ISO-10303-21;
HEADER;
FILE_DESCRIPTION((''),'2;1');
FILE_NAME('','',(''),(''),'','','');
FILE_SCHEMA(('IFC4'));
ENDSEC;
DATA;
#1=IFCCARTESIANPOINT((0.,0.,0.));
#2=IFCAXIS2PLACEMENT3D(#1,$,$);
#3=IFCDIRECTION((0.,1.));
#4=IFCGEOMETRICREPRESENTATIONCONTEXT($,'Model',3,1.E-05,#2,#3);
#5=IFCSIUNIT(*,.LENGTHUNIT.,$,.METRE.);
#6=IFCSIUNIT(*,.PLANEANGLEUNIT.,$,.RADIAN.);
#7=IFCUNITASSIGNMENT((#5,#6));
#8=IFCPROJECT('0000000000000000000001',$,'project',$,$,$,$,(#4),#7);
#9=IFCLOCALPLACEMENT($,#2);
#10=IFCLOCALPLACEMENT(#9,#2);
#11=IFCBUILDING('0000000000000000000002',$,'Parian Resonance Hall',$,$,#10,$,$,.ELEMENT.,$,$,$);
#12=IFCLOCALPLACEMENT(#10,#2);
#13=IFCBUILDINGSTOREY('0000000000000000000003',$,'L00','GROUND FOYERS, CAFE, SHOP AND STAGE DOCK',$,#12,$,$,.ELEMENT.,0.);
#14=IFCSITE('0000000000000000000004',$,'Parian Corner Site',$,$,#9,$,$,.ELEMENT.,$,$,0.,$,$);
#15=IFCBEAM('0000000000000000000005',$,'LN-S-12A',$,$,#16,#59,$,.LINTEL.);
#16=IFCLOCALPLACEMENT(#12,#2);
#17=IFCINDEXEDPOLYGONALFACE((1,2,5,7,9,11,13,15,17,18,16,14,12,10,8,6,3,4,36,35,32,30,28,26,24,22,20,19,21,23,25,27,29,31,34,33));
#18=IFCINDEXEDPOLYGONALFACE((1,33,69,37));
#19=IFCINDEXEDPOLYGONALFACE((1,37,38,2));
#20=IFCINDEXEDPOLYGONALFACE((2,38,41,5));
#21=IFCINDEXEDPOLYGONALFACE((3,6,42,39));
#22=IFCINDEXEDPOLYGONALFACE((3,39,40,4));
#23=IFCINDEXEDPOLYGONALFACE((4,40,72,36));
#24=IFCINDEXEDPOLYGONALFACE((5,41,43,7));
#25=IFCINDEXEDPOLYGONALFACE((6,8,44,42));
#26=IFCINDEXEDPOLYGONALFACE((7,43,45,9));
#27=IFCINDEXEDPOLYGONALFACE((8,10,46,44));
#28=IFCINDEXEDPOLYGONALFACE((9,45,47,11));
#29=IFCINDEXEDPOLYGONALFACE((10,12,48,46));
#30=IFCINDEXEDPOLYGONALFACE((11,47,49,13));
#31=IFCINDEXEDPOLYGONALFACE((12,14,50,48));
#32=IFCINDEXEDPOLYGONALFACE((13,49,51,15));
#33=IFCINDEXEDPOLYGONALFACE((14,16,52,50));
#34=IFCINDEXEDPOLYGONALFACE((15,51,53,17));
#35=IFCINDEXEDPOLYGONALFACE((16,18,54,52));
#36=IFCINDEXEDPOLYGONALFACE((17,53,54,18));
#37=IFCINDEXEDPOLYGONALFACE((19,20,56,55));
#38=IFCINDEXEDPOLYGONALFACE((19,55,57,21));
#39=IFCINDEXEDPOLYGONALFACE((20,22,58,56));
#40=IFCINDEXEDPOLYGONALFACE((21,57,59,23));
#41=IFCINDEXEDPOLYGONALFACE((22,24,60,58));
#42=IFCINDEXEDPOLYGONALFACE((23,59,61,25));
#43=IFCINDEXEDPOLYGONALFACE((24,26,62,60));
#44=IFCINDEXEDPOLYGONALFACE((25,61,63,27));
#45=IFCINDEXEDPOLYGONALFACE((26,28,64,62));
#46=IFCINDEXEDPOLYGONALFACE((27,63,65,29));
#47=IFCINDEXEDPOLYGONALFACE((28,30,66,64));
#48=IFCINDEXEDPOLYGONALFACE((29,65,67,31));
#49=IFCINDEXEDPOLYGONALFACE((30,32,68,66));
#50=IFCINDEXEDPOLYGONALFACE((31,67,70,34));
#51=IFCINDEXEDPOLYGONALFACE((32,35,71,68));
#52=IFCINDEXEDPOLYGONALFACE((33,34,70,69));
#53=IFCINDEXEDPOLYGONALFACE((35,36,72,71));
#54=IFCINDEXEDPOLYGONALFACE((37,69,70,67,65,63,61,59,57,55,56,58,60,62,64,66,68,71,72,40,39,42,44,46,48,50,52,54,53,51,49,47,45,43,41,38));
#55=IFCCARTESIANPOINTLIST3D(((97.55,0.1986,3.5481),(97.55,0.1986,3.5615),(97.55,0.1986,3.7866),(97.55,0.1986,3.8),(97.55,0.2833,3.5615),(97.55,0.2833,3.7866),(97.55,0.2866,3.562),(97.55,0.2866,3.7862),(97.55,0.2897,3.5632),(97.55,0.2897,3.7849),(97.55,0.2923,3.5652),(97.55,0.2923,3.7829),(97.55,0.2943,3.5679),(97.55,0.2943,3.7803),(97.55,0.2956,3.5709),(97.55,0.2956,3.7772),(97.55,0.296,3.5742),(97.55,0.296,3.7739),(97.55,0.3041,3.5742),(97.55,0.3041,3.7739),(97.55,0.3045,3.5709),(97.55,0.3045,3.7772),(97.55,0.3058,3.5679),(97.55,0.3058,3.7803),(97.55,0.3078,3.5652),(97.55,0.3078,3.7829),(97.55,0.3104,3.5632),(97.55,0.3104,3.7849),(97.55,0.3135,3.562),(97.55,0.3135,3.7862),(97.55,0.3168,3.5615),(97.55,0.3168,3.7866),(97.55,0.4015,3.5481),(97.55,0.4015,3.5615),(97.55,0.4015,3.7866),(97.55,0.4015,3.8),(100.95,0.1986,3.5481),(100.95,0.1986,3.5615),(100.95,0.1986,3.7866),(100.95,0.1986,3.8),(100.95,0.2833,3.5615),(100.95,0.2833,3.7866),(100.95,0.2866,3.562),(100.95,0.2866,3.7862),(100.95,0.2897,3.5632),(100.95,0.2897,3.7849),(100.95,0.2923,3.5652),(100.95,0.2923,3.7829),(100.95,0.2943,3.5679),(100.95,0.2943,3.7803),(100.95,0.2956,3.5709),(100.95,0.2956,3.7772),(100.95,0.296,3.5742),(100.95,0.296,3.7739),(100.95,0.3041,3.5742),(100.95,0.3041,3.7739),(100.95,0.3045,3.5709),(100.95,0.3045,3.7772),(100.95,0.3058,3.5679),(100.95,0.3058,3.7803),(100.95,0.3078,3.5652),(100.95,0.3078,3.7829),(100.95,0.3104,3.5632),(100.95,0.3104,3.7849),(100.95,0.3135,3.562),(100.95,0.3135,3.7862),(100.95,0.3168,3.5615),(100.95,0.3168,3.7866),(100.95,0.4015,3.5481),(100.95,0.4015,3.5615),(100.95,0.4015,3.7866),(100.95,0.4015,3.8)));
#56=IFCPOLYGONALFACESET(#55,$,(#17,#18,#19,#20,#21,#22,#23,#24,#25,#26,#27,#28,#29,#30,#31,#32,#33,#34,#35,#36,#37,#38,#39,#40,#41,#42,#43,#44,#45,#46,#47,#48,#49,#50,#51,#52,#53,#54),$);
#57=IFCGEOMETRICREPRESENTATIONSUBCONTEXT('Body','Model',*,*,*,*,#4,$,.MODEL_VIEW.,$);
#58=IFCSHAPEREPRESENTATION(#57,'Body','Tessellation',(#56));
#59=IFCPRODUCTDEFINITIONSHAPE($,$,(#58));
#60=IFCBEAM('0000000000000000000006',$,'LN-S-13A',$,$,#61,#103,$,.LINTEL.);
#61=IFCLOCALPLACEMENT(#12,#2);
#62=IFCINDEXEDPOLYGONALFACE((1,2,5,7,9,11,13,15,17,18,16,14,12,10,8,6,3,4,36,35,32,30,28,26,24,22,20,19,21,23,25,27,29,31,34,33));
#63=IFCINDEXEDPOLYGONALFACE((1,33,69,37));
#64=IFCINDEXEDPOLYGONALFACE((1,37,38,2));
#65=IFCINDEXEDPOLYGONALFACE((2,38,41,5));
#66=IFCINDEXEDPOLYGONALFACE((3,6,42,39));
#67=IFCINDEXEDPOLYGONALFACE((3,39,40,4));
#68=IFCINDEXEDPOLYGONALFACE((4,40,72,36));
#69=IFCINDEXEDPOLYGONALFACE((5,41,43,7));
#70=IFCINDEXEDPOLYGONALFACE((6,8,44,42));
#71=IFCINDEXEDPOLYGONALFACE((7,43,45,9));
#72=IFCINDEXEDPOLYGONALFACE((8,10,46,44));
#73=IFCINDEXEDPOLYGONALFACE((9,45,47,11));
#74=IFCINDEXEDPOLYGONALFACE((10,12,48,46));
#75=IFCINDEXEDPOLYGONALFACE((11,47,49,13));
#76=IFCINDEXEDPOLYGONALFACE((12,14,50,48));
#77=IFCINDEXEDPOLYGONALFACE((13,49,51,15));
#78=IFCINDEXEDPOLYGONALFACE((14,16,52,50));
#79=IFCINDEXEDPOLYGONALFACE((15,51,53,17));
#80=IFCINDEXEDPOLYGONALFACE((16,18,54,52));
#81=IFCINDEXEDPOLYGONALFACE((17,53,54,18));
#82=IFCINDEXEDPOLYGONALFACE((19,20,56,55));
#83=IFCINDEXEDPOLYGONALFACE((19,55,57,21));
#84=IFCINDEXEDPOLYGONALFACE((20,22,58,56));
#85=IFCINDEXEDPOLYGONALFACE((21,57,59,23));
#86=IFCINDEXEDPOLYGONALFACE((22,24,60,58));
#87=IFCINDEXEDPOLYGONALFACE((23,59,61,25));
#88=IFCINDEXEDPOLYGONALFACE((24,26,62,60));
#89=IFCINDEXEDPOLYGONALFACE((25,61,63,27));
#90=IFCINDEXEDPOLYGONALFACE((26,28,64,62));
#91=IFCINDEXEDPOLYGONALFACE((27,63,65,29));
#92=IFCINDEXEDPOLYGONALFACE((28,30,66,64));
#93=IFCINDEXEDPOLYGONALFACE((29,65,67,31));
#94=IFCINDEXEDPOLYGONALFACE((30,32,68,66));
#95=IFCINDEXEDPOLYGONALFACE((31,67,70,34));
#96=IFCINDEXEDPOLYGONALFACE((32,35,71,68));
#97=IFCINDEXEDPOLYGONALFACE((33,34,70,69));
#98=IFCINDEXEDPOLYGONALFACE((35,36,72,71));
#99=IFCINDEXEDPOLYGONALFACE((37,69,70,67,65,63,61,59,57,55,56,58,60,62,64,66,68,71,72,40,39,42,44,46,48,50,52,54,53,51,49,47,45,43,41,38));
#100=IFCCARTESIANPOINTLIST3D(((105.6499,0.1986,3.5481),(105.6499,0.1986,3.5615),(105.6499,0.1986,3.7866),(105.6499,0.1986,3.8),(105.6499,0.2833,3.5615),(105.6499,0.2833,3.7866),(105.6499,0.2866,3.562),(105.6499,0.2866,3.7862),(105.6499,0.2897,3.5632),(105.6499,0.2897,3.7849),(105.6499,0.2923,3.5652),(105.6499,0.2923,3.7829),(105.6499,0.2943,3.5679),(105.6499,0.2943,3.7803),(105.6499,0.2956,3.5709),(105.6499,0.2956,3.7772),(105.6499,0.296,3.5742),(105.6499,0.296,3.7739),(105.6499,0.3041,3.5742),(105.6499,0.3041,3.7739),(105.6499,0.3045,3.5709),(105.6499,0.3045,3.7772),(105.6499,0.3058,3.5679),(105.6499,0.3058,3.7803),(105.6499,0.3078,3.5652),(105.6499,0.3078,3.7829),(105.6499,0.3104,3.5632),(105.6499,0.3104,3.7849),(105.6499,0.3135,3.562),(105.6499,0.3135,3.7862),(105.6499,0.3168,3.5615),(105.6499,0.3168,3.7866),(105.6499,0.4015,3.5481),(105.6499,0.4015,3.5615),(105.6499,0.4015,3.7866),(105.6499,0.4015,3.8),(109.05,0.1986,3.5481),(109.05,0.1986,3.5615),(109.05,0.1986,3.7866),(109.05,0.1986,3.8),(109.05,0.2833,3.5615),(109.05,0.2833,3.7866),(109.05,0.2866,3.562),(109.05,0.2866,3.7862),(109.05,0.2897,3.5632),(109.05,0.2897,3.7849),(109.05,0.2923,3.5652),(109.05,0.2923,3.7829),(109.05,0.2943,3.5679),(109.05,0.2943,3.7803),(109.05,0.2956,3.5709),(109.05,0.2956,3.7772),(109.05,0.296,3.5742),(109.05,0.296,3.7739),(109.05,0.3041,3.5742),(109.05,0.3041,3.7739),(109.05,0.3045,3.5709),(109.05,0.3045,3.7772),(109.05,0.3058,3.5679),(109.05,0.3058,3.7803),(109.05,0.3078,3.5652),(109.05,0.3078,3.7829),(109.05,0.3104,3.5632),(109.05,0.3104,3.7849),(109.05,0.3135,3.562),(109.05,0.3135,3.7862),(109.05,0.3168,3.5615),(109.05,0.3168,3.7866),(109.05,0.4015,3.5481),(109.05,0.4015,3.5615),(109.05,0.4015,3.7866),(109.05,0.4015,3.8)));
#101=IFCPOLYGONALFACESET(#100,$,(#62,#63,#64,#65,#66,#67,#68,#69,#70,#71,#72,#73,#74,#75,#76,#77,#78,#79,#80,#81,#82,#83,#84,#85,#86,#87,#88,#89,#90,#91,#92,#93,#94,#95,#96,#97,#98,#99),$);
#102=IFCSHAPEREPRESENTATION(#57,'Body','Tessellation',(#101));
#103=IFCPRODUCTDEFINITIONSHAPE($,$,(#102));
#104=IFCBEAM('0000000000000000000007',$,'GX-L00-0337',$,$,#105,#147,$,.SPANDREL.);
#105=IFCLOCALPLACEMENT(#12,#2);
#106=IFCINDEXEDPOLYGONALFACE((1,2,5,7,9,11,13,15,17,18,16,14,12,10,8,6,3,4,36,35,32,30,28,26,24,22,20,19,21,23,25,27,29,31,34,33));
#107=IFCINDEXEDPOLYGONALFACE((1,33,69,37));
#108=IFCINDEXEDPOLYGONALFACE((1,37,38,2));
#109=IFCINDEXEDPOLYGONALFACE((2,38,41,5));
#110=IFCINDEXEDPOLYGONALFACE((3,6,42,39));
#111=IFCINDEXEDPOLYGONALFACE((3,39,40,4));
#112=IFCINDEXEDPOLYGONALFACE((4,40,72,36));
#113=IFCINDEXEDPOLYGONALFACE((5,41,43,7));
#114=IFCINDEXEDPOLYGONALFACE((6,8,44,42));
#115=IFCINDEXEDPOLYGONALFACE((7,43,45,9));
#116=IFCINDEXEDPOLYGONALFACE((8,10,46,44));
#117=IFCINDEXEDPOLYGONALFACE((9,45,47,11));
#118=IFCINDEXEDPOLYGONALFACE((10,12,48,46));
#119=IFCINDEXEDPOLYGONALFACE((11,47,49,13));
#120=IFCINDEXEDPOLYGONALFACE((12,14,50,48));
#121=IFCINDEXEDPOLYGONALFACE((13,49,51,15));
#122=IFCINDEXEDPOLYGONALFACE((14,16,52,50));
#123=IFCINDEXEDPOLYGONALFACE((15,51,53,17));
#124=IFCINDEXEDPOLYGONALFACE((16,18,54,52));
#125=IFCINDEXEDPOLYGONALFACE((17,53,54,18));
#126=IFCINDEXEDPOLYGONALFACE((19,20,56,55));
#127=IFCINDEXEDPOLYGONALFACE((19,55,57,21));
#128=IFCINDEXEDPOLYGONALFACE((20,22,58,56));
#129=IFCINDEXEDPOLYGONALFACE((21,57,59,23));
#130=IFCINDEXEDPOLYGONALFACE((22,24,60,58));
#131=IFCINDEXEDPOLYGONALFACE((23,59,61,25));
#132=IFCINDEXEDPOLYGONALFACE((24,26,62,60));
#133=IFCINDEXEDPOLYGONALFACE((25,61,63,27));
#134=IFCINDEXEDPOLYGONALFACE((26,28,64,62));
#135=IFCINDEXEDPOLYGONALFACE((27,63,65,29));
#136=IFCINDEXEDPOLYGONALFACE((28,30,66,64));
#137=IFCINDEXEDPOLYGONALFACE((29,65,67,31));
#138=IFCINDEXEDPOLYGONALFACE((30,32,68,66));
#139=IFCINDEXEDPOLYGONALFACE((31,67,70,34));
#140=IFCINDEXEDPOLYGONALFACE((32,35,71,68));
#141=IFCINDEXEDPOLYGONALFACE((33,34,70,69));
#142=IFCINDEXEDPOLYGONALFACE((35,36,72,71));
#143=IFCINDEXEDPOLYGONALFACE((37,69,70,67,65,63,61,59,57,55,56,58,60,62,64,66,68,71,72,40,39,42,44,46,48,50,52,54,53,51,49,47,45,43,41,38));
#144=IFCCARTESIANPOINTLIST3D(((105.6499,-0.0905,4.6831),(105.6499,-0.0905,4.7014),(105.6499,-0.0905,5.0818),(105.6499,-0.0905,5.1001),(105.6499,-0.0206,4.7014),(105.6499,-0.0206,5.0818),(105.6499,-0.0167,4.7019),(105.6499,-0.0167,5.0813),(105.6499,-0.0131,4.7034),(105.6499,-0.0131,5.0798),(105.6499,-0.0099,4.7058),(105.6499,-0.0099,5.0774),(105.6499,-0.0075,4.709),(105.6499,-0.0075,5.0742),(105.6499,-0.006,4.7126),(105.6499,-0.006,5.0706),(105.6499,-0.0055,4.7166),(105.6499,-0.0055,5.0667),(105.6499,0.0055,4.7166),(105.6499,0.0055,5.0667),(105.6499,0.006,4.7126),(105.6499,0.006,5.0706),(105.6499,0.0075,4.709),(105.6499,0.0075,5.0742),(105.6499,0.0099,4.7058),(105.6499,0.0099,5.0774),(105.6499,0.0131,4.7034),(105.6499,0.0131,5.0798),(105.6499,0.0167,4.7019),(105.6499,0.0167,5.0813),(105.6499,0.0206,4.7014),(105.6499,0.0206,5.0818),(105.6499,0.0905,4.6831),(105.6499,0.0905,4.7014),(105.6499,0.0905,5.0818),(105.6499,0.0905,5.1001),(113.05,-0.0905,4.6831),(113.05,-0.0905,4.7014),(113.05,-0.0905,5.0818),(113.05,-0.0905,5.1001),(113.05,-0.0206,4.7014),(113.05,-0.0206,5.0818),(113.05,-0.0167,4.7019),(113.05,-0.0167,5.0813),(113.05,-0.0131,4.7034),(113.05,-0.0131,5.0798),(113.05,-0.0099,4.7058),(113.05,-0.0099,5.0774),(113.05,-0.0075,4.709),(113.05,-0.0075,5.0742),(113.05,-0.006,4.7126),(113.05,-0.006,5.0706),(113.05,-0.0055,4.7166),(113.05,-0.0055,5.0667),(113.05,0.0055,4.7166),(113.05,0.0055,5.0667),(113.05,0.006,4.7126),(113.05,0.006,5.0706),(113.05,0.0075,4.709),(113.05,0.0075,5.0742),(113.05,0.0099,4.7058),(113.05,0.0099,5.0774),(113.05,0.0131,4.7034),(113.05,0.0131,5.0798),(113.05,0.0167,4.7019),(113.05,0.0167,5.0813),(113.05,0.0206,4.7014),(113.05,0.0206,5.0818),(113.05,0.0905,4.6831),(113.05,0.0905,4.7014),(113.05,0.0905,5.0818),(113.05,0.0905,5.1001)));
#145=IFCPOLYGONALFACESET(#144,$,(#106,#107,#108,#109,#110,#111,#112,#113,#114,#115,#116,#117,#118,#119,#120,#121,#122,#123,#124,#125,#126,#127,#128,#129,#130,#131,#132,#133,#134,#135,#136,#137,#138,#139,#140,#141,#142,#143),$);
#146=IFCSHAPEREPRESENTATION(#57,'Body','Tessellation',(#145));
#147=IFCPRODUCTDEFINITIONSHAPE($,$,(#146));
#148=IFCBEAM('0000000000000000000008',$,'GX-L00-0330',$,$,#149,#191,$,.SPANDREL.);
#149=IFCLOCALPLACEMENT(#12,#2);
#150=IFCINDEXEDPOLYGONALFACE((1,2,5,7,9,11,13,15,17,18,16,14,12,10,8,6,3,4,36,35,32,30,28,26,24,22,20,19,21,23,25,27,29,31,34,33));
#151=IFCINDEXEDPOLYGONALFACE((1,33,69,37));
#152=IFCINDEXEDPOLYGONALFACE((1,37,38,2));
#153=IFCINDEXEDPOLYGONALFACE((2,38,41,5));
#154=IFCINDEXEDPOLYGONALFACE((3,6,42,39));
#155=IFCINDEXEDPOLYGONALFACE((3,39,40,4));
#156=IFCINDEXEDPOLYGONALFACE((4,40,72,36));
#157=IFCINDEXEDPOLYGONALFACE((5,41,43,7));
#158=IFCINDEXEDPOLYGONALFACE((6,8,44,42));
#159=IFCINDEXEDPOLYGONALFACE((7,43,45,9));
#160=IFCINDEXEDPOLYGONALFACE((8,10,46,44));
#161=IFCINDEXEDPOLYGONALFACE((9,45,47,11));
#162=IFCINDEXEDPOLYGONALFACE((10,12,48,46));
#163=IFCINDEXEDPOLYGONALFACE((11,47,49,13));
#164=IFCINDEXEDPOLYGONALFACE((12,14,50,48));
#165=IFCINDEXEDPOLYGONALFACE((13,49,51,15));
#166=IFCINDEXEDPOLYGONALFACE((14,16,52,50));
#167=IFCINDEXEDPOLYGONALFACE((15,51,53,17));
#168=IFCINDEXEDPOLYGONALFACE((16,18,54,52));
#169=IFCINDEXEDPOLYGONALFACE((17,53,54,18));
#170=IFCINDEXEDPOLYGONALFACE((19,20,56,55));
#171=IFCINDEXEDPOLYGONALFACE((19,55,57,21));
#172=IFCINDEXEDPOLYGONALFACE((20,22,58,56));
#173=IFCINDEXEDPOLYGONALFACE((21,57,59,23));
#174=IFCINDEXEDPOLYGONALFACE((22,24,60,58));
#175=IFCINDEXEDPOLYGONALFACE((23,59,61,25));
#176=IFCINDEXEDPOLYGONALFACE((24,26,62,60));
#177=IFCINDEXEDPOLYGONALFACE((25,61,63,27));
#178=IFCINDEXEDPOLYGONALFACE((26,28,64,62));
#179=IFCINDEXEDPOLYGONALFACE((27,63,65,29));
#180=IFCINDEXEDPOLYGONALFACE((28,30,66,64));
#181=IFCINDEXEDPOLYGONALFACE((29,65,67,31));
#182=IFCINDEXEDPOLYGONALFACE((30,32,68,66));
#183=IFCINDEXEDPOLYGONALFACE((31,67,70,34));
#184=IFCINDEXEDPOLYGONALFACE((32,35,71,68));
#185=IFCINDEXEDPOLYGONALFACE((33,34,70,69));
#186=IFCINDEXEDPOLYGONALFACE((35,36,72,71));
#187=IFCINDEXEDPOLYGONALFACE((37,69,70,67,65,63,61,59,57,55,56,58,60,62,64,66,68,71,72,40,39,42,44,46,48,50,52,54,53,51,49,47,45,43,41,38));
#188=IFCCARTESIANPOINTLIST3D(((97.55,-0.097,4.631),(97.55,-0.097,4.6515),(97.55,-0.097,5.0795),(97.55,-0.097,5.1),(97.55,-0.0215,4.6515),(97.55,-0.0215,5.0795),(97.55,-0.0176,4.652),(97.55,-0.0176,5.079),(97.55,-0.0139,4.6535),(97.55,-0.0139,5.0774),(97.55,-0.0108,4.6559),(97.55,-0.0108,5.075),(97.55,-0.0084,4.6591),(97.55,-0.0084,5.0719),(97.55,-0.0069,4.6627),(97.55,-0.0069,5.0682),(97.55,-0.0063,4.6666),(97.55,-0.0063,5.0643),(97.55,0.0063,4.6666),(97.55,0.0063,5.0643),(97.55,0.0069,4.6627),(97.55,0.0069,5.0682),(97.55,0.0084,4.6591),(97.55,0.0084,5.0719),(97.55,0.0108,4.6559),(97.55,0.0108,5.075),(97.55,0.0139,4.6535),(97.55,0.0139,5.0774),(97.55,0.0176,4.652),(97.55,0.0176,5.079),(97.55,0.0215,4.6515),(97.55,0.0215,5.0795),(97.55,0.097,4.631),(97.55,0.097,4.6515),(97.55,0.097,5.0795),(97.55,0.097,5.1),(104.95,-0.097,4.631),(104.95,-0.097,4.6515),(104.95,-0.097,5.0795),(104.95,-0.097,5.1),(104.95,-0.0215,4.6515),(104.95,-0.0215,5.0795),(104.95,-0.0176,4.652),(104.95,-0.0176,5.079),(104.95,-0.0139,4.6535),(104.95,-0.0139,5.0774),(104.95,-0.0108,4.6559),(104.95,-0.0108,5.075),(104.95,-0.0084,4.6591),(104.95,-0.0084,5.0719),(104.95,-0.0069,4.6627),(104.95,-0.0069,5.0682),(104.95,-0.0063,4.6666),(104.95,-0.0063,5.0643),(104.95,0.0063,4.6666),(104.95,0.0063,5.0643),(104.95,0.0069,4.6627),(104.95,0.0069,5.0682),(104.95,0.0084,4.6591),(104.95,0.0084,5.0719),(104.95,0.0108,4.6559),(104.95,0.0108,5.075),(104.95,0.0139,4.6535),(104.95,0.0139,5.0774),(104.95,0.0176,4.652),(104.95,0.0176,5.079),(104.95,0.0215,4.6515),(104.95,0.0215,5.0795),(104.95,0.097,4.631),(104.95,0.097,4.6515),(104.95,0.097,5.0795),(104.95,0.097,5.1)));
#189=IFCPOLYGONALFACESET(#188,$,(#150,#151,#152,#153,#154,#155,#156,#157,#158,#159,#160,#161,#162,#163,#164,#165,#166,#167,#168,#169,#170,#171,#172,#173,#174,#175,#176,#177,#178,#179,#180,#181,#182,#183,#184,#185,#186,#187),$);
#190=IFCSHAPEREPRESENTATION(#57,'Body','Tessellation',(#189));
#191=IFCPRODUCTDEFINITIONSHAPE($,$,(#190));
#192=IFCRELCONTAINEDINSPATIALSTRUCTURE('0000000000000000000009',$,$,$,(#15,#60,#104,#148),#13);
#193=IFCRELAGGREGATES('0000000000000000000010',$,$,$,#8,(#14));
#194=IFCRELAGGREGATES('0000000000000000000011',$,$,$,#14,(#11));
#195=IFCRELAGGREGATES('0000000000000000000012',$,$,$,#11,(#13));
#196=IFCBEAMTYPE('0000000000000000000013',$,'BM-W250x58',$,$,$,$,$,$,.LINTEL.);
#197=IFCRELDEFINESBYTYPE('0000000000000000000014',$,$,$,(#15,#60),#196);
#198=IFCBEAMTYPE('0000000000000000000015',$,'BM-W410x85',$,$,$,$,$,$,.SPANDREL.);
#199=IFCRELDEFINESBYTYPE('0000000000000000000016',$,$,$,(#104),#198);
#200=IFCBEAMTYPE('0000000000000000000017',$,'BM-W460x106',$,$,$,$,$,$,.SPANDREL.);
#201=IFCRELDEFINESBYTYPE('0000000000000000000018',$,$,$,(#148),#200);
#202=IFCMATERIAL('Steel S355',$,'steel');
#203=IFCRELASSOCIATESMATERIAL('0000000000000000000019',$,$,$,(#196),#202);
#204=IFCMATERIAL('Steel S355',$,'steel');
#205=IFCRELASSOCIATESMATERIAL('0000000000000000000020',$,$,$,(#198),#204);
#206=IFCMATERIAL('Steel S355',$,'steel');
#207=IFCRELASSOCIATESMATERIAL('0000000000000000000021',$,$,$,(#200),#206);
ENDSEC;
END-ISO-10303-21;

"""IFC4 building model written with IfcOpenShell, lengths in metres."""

from ifc_helpers import new_model, si_unit, direction, frame, origin, origin_2d, place, context, subcontext, project, spatial, i_section, extrude, material, material_profile, profile_set, type_object, element, save


model = new_model("IFC4")

# Units and contexts
model_context = context("Model", 3, precision=1e-05, world=origin(), true_north=direction((0.0, 1.0)))
body_context = subcontext(model_context, "Body", "Model", "MODEL_VIEW")
ifc_project = project(units=[si_unit("LENGTHUNIT", "METRE"), si_unit("PLANEANGLEUNIT", "RADIAN")], contexts=[model_context])

# Site, building, storey
site_placement = place(None, origin())
site = spatial("IfcSite", under=ifc_project, at=site_placement, Name="Parian Corner Site", CompositionType="ELEMENT", RefElevation=0.0)
building_placement = place(site_placement, origin())
building = spatial("IfcBuilding", under=site, at=building_placement, Name="Parian Resonance Hall", CompositionType="ELEMENT")
storey_placement = place(building_placement, origin())
storey = spatial("IfcBuildingStorey", under=building, at=storey_placement, Name="L00", Description="GROUND FOYERS, CAFE, SHOP AND STAGE DOCK", CompositionType="ELEMENT", Elevation=0.0)

# Beams
ifc_material_1 = material(Name="Steel S355", Category="steel")
ifc_material_profile_1 = material_profile(ifc_material_1, i_section(OverallWidth=0.2029, OverallDepth=0.252, WebThickness=0.0081, FlangeThickness=0.0134, FilletRadius=0.0127, at=origin_2d()), Name="W250x58")
ifc_profile_set_1 = profile_set([ifc_material_profile_1], Name="Steel S355")
beam_type_1 = type_object("IfcBeamType", Name="BM-W250x58", PredefinedType="LINTEL", material=ifc_profile_set_1)
beam_1_placement = place(storey_placement, frame((97.55, 0.3, 3.6741), z_axis=(1.0, 0.0, 0.0), x_axis=(0.0, 1.0, 0.0)))
element("IfcBeam", 1, at=beam_1_placement, inside=storey, type_object=beam_type_1, Name="LN-S-12A", PredefinedType="LINTEL", context=body_context, shape_type="SweptSolid", body=[
    extrude(i_section(OverallWidth=0.2029, OverallDepth=0.252, WebThickness=0.0081, FlangeThickness=0.0134, FilletRadius=0.0127, at=origin_2d()), origin(), (0.0, 0.0, 1.0), 3.3999),
])
beam_2_placement = place(storey_placement, frame((105.6499, 0.3, 3.6741), z_axis=(1.0, 0.0, 0.0), x_axis=(0.0, 1.0, 0.0)))
element("IfcBeam", 2, at=beam_2_placement, inside=storey, type_object=beam_type_1, Name="LN-S-13A", PredefinedType="LINTEL", context=body_context, shape_type="SweptSolid", body=[
    extrude(i_section(OverallWidth=0.2029, OverallDepth=0.252, WebThickness=0.0081, FlangeThickness=0.0134, FilletRadius=0.0127, at=origin_2d()), origin(), (0.0, 0.0, 1.0), 3.4001),
])
ifc_material_2 = material(Name="Steel S355", Category="steel")
ifc_material_profile_2 = material_profile(ifc_material_2, i_section(OverallWidth=0.1809, OverallDepth=0.417, WebThickness=0.011, FlangeThickness=0.0183, FilletRadius=0.0151, at=origin_2d()), Name="W410x85")
ifc_profile_set_2 = profile_set([ifc_material_profile_2], Name="Steel S355")
beam_type_2 = type_object("IfcBeamType", Name="BM-W410x85", PredefinedType="SPANDREL", material=ifc_profile_set_2)
beam_3_placement = place(storey_placement, frame((105.6499, 0.0, 4.8916), z_axis=(1.0, 0.0, 0.0), x_axis=(0.0, 1.0, 0.0)))
element("IfcBeam", 3, at=beam_3_placement, inside=storey, type_object=beam_type_2, Name="GX-L00-0337", PredefinedType="SPANDREL", context=body_context, shape_type="SweptSolid", body=[
    extrude(i_section(OverallWidth=0.1809, OverallDepth=0.417, WebThickness=0.011, FlangeThickness=0.0183, FilletRadius=0.0151, at=origin_2d()), origin(), (0.0, 0.0, 1.0), 7.4001),
])
ifc_material_3 = material(Name="Steel S355", Category="steel")
ifc_material_profile_3 = material_profile(ifc_material_3, i_section(OverallWidth=0.1941, OverallDepth=0.469, WebThickness=0.0127, FlangeThickness=0.0205, FilletRadius=0.0151, at=origin_2d()), Name="W460x106")
ifc_profile_set_3 = profile_set([ifc_material_profile_3], Name="Steel S355")
beam_type_3 = type_object("IfcBeamType", Name="BM-W460x106", PredefinedType="SPANDREL", material=ifc_profile_set_3)
beam_4_placement = place(storey_placement, frame((97.55, 0.0, 4.8655), z_axis=(1.0, 0.0, 0.0), x_axis=(0.0, 1.0, 0.0)))
element("IfcBeam", 4, at=beam_4_placement, inside=storey, type_object=beam_type_3, Name="GX-L00-0330", PredefinedType="SPANDREL", context=body_context, shape_type="SweptSolid", body=[
    extrude(i_section(OverallWidth=0.1941, OverallDepth=0.469, WebThickness=0.0127, FlangeThickness=0.0205, FilletRadius=0.0151, at=origin_2d()), origin(), (0.0, 0.0, 1.0), 7.3999),
])

save(model, "model.ifc")
